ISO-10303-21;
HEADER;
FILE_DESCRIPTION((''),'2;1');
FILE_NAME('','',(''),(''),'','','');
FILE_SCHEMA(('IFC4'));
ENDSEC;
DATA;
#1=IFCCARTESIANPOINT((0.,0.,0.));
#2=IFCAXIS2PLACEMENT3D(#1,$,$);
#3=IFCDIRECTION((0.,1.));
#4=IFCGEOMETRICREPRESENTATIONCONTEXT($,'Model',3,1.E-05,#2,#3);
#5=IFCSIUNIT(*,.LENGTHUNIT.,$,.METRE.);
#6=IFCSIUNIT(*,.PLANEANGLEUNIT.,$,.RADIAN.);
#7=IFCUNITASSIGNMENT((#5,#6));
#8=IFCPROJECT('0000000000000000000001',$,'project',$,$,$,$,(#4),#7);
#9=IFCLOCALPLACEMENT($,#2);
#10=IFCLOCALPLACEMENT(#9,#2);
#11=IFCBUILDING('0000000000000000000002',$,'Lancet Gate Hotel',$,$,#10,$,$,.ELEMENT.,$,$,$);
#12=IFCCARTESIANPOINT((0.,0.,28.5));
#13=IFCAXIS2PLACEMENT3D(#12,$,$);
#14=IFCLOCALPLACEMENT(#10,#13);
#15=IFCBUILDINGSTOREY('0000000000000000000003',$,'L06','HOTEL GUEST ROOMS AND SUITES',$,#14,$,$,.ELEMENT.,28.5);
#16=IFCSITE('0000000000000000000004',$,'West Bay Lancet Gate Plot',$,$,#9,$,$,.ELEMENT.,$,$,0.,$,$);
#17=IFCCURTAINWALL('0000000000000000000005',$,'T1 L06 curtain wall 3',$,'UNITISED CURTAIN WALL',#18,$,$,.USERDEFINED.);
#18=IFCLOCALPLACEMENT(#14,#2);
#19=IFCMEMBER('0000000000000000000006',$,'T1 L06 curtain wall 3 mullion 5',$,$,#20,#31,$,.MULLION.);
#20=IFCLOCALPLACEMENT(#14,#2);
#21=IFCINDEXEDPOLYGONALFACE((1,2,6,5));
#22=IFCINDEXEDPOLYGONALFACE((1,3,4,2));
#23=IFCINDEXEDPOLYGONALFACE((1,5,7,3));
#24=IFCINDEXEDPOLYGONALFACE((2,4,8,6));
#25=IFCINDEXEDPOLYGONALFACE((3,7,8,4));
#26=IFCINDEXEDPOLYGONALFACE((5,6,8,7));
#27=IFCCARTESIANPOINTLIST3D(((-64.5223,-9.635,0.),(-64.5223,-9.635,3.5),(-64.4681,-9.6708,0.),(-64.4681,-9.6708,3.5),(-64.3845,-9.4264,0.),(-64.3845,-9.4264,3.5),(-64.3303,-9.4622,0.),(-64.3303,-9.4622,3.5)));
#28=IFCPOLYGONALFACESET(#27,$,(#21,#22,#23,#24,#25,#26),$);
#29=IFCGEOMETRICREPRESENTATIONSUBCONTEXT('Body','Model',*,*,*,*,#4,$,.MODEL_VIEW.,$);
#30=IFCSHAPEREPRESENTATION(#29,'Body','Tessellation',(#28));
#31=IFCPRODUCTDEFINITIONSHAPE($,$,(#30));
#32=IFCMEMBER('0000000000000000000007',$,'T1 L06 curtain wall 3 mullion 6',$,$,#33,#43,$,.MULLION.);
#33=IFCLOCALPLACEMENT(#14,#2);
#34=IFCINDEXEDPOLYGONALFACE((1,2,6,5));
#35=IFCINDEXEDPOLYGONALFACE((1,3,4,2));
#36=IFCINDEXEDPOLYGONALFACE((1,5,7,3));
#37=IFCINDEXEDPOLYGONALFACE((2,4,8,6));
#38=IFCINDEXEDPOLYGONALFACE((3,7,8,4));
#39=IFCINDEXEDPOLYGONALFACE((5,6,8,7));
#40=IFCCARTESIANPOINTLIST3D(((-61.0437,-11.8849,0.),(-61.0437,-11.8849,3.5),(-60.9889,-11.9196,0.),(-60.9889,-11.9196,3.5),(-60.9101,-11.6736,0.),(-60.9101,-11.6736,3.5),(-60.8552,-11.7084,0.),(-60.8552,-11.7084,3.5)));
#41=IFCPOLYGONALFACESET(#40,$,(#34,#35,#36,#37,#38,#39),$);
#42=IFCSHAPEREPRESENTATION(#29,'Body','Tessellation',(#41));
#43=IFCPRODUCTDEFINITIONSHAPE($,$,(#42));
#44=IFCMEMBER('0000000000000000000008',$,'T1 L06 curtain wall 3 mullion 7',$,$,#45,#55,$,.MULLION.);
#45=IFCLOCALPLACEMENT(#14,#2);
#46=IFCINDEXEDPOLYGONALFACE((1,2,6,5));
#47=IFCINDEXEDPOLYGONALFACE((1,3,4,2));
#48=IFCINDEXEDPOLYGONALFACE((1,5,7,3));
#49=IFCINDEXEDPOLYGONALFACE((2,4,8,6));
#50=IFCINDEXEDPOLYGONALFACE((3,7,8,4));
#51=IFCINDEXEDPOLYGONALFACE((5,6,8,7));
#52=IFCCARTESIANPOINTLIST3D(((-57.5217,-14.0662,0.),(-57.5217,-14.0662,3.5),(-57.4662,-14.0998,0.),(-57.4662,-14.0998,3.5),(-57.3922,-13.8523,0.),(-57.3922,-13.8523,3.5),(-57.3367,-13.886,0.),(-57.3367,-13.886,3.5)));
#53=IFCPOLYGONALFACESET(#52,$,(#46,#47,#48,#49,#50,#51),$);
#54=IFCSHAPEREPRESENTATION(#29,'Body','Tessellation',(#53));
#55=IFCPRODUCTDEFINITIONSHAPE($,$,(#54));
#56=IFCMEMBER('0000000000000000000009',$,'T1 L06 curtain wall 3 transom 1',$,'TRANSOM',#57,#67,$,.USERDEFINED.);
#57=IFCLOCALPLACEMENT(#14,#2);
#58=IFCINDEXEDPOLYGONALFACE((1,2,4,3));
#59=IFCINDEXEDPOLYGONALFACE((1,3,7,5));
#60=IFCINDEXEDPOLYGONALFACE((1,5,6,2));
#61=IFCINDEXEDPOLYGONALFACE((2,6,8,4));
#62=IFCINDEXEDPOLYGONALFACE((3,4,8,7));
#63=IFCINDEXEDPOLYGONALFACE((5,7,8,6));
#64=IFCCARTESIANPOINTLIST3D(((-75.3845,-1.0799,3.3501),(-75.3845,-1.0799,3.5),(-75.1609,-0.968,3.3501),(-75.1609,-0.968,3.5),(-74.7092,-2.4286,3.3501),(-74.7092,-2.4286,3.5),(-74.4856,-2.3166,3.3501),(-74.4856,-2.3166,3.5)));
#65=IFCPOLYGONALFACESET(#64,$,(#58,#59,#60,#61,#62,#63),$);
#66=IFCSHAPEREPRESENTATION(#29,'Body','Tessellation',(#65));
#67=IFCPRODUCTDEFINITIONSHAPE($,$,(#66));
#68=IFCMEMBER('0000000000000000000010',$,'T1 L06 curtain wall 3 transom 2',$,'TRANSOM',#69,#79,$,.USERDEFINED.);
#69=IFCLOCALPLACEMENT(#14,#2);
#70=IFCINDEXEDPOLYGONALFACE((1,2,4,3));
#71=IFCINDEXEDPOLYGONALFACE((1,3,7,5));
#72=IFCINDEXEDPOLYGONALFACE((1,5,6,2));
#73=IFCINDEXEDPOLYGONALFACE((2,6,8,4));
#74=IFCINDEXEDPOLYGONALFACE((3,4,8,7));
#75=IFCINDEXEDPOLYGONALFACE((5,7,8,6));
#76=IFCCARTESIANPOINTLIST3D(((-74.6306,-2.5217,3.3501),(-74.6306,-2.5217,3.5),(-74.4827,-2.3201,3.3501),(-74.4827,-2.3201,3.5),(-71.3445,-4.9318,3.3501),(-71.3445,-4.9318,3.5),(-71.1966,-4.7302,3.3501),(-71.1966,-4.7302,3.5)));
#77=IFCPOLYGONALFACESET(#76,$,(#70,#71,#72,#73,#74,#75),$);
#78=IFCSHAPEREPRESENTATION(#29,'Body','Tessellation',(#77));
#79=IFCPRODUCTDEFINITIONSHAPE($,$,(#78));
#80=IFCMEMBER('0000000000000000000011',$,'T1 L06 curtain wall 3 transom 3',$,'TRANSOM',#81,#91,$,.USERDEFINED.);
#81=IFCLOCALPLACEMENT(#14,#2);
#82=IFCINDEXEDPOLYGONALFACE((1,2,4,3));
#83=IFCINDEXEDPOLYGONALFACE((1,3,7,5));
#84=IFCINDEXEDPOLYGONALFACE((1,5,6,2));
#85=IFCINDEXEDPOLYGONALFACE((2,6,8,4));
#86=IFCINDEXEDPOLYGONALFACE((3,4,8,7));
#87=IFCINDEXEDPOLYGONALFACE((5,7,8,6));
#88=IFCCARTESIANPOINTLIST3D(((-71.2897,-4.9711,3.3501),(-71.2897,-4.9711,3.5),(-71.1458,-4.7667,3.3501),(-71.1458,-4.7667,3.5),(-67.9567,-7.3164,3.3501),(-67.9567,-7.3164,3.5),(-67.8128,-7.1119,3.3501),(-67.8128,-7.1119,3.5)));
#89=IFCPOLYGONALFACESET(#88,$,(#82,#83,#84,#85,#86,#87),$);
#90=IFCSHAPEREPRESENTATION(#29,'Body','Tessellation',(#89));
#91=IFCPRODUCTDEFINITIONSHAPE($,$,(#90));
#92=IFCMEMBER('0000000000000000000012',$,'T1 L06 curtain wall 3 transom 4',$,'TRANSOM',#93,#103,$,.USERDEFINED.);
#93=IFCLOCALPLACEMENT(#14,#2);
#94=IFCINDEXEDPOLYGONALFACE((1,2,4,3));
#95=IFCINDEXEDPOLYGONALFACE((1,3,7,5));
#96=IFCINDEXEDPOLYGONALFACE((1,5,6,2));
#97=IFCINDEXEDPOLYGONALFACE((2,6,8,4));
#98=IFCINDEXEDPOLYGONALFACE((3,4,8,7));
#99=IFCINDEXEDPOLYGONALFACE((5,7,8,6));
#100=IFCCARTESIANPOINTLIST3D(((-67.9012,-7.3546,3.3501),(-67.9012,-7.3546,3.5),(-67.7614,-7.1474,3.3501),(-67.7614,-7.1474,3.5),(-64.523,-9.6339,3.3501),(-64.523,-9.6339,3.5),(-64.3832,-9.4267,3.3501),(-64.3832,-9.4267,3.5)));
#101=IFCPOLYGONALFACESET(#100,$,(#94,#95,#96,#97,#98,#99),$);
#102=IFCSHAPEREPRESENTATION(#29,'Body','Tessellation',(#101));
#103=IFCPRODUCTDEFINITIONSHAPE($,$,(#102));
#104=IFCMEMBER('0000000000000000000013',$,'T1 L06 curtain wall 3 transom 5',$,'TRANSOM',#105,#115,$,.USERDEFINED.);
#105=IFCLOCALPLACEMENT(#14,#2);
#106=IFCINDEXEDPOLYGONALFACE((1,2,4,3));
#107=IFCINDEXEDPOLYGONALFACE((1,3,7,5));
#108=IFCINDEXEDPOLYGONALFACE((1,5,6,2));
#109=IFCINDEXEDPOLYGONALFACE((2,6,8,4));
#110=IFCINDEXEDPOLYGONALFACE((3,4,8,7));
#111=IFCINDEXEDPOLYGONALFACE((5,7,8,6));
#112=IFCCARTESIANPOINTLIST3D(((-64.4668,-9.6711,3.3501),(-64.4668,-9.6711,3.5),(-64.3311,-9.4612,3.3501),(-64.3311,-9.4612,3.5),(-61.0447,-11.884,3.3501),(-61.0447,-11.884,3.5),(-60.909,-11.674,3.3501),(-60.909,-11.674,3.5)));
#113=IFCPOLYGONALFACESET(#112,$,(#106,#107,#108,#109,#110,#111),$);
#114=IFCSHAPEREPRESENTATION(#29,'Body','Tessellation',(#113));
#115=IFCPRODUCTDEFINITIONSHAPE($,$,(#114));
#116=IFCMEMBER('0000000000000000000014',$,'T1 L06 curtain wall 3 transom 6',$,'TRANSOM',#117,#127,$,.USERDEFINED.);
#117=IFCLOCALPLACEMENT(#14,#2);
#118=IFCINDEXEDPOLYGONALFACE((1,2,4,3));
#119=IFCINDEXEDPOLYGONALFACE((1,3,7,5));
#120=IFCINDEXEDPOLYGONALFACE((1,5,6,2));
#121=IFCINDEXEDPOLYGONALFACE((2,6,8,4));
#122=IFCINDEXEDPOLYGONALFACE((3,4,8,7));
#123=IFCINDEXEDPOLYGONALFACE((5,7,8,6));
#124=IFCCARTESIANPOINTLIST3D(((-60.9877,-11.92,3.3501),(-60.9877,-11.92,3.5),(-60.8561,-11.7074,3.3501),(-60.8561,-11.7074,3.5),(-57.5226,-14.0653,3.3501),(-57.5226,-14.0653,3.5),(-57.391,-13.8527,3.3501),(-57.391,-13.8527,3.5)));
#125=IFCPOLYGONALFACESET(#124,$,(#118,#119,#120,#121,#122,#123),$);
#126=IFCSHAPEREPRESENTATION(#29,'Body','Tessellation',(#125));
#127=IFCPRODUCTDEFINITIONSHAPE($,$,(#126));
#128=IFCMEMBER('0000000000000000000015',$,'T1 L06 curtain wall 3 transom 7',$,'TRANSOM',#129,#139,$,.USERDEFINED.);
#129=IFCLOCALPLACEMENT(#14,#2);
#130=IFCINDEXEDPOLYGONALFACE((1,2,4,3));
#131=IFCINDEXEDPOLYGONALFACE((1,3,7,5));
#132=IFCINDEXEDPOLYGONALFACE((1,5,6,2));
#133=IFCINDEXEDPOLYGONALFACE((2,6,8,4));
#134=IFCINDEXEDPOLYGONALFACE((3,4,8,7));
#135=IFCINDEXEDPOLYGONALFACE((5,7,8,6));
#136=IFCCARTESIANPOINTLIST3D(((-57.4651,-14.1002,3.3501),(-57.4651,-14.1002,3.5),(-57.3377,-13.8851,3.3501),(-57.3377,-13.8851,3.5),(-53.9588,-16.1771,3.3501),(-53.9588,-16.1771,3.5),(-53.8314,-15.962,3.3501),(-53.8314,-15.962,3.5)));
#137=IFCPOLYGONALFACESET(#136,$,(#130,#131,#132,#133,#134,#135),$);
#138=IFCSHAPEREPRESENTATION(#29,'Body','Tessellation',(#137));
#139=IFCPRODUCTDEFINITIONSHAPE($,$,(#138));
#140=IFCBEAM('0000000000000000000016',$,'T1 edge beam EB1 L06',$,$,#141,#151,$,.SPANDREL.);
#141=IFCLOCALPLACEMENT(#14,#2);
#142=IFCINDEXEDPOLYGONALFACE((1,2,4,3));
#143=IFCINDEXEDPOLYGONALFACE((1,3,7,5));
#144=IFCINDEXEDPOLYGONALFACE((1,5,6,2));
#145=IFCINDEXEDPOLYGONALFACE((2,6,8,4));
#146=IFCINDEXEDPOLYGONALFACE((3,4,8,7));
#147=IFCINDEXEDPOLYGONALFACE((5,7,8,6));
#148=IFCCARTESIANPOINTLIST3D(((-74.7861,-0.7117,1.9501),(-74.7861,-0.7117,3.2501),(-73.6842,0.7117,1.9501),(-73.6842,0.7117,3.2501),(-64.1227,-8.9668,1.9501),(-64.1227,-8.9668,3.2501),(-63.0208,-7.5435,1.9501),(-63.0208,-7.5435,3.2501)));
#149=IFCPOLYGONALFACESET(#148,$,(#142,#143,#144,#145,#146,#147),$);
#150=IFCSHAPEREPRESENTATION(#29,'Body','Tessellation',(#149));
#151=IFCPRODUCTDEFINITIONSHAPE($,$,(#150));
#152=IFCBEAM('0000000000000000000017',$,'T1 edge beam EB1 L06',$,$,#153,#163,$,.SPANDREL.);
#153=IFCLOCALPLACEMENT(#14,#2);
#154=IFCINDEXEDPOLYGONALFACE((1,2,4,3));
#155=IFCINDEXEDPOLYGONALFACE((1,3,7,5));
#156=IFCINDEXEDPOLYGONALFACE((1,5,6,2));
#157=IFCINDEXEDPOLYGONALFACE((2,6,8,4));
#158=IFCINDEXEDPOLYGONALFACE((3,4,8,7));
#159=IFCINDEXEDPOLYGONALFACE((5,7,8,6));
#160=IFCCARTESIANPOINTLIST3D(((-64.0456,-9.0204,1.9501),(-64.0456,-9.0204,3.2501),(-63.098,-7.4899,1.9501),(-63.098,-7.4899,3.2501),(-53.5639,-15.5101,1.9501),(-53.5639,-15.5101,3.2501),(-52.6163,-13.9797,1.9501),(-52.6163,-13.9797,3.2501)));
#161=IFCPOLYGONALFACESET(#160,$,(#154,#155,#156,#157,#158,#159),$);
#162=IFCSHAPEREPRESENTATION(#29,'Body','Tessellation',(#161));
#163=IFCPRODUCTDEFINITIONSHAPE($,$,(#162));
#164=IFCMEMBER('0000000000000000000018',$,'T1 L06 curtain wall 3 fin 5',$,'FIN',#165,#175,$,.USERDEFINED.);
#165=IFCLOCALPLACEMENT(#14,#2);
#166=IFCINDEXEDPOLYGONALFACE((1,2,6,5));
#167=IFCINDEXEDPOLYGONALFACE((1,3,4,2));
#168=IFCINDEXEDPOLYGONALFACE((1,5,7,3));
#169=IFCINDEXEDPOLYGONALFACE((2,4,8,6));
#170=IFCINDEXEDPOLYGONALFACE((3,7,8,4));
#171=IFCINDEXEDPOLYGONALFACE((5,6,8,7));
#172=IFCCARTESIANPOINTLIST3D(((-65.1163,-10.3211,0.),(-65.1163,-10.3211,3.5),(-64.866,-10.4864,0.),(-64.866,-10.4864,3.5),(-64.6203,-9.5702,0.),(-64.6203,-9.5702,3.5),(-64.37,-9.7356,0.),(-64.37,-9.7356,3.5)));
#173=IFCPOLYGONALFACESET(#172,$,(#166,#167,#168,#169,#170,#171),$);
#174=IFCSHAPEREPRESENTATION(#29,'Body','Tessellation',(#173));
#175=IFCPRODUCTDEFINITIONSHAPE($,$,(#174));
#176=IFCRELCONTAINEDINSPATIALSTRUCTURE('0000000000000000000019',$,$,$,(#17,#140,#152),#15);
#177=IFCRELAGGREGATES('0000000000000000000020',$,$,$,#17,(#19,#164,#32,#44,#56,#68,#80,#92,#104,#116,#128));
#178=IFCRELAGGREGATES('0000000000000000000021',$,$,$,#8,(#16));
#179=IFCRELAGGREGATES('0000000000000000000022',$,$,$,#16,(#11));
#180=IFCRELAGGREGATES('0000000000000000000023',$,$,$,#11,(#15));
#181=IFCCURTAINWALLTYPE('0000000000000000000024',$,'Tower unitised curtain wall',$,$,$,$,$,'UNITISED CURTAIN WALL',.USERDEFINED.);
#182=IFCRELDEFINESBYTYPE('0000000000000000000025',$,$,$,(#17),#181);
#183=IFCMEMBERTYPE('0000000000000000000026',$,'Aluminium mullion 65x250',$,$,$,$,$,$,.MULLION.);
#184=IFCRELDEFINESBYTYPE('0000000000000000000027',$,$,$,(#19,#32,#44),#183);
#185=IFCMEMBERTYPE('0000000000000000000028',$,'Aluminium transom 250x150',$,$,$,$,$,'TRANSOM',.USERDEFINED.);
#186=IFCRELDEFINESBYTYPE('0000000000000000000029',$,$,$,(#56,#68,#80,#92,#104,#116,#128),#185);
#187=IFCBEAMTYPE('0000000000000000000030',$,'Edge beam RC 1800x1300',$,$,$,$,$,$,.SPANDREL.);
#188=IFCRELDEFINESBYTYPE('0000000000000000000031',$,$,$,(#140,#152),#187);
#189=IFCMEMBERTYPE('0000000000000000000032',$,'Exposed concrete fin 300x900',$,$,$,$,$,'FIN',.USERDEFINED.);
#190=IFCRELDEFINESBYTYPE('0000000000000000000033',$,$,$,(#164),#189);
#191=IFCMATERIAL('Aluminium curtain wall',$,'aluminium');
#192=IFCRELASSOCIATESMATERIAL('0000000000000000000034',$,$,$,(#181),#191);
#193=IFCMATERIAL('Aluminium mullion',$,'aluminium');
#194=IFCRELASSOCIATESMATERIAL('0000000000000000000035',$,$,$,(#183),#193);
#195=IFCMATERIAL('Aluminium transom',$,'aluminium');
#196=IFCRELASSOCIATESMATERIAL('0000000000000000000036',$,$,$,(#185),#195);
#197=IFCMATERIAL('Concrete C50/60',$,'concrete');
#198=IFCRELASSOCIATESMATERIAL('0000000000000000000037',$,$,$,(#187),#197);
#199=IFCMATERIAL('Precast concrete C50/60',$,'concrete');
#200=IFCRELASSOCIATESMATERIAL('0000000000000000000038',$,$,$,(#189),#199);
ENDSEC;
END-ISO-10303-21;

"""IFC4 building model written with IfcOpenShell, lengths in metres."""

from ifc_helpers import new_model, si_unit, direction, frame, origin, origin_2d, place, context, subcontext, project, spatial, rectangle, extrude, material, material_profile, profile_set, type_object, element, aggregate, save


model = new_model("IFC4")

# Units and contexts
model_context = context("Model", 3, precision=1e-05, world=origin(), true_north=direction((0.0, 1.0)))
body_context = subcontext(model_context, "Body", "Model", "MODEL_VIEW")
ifc_project = project(units=[si_unit("LENGTHUNIT", "METRE"), si_unit("PLANEANGLEUNIT", "RADIAN")], contexts=[model_context])

# Site, building, storey
site_placement = place(None, origin())
site = spatial("IfcSite", under=ifc_project, at=site_placement, Name="West Bay Lancet Gate Plot", CompositionType="ELEMENT", RefElevation=0.0)
building_placement = place(site_placement, origin())
building = spatial("IfcBuilding", under=site, at=building_placement, Name="Lancet Gate Hotel", CompositionType="ELEMENT")
storey_placement = place(building_placement, frame((0.0, 0.0, 28.5)))
storey = spatial("IfcBuildingStorey", under=building, at=storey_placement, Name="L06", Description="HOTEL GUEST ROOMS AND SUITES", CompositionType="ELEMENT", Elevation=28.5)

# Shared definitions
ifc_material_1 = material(Name="Aluminium curtain wall", Category="aluminium")
curtain_wall_type = type_object("IfcCurtainWallType", Name="Tower unitised curtain wall", ElementType="UNITISED CURTAIN WALL", PredefinedType="USERDEFINED", material=ifc_material_1)
ifc_material_2 = material(Name="Aluminium mullion", Category="aluminium")
ifc_material_profile_1 = material_profile(ifc_material_2, rectangle(XDim=0.0649, YDim=0.25, at=origin_2d()), Name="MULLION 65x250")
ifc_profile_set_1 = profile_set([ifc_material_profile_1], Name="Aluminium mullion")
member_type_1 = type_object("IfcMemberType", Name="Aluminium mullion 65x250", PredefinedType="MULLION", material=ifc_profile_set_1)

# Curtain wall, members
curtain_wall_1_placement = place(storey_placement, origin())
curtain_wall_1 = element("IfcCurtainWall", 1, at=curtain_wall_1_placement, inside=storey, type_object=curtain_wall_type, Name="T1 L06 curtain wall 3", ObjectType="UNITISED CURTAIN WALL", PredefinedType="USERDEFINED")
member_1_placement = place(storey_placement, frame((-64.4263, -9.5486, 0.0), z_axis=(0.0, 0.0, 1.0), x_axis=(0.834387, -0.551178, 0.0)))
member_1 = element("IfcMember", 2, at=member_1_placement, type_object=member_type_1, Name="T1 L06 curtain wall 3 mullion 5", PredefinedType="MULLION", context=body_context, shape_type="SweptSolid", body=[
    extrude(rectangle(XDim=0.0649, YDim=0.25, at=origin_2d()), origin(), (0.0, 0.0, 1.0), 3.5),
])
member_2_placement = place(storey_placement, frame((-60.9495, -11.7966, 0.0), z_axis=(0.0, 0.0, 1.0), x_axis=(0.845029, -0.53472, 0.0)))
member_2 = element("IfcMember", 3, at=member_2_placement, type_object=member_type_1, Name="T1 L06 curtain wall 3 mullion 6", PredefinedType="MULLION", context=body_context, shape_type="SweptSolid", body=[
    extrude(rectangle(XDim=0.0649, YDim=0.25, at=origin_2d()), origin(), (0.0, 0.0, 1.0), 3.5),
])
member_3_placement = place(storey_placement, frame((-57.4292, -13.9761, 0.0), z_axis=(0.0, 0.0, 1.0), x_axis=(0.855346, -0.518057, 0.0)))
member_3 = element("IfcMember", 4, at=member_3_placement, type_object=member_type_1, Name="T1 L06 curtain wall 3 mullion 7", PredefinedType="MULLION", context=body_context, shape_type="SweptSolid", body=[
    extrude(rectangle(XDim=0.0649, YDim=0.25, at=origin_2d()), origin(), (0.0, 0.0, 1.0), 3.5),
])
ifc_material_3 = material(Name="Aluminium transom", Category="aluminium")
ifc_material_profile_2 = material_profile(ifc_material_3, rectangle(XDim=0.25, YDim=0.1499, at=origin_2d()), Name="TRANSOM 250x150")
ifc_profile_set_2 = profile_set([ifc_material_profile_2], Name="Aluminium transom")
member_type_2 = type_object("IfcMemberType", Name="Aluminium transom 250x150", ElementType="TRANSOM", PredefinedType="USERDEFINED", material=ifc_profile_set_2)
member_4_placement = place(storey_placement, frame((-75.2727, -1.0239, 3.425), z_axis=(0.447732, -0.894168, 0.0), x_axis=(0.894168, 0.447732, 0.0)))
member_4 = element("IfcMember", 5, at=member_4_placement, type_object=member_type_2, Name="T1 L06 curtain wall 3 transom 1", ObjectType="TRANSOM", PredefinedType="USERDEFINED", context=body_context, shape_type="SweptSolid", body=[
    extrude(rectangle(XDim=0.25, YDim=0.1499, at=origin_2d()), origin(), (0.0, 0.0, 1.0), 1.5083),
])
member_5_placement = place(storey_placement, frame((-74.5566, -2.4209, 3.425), z_axis=(0.806367, -0.591416, 0.0), x_axis=(0.591416, 0.806367, 0.0)))
member_5 = element("IfcMember", 6, at=member_5_placement, type_object=member_type_2, Name="T1 L06 curtain wall 3 transom 2", ObjectType="TRANSOM", PredefinedType="USERDEFINED", context=body_context, shape_type="SweptSolid", body=[
    extrude(rectangle(XDim=0.25, YDim=0.1499, at=origin_2d()), origin(), (0.0, 0.0, 1.0), 4.0752),
])
member_6_placement = place(storey_placement, frame((-71.2178, -4.8689, 3.425), z_axis=(0.817834, -0.575455, 0.0), x_axis=(0.575455, 0.817834, 0.0)))
member_6 = element("IfcMember", 7, at=member_6_placement, type_object=member_type_2, Name="T1 L06 curtain wall 3 transom 3", ObjectType="TRANSOM", PredefinedType="USERDEFINED", context=body_context, shape_type="SweptSolid", body=[
    extrude(rectangle(XDim=0.25, YDim=0.1499, at=origin_2d()), origin(), (0.0, 0.0, 1.0), 4.0754),
])
member_7_placement = place(storey_placement, frame((-67.8313, -7.251, 3.425), z_axis=(0.828959, -0.559309, 0.0), x_axis=(0.559309, 0.828959, 0.0)))
member_7 = element("IfcMember", 8, at=member_7_placement, type_object=member_type_2, Name="T1 L06 curtain wall 3 transom 4", ObjectType="TRANSOM", PredefinedType="USERDEFINED", context=body_context, shape_type="SweptSolid", body=[
    extrude(rectangle(XDim=0.25, YDim=0.1499, at=origin_2d()), origin(), (0.0, 0.0, 1.0), 4.0752),
])
member_8_placement = place(storey_placement, frame((-64.3989, -9.5662, 3.425), z_axis=(0.839729, -0.543005, 0.0), x_axis=(0.543005, 0.839729, 0.0)))
member_8 = element("IfcMember", 9, at=member_8_placement, type_object=member_type_2, Name="T1 L06 curtain wall 3 transom 5", ObjectType="TRANSOM", PredefinedType="USERDEFINED", context=body_context, shape_type="SweptSolid", body=[
    extrude(rectangle(XDim=0.25, YDim=0.1499, at=origin_2d()), origin(), (0.0, 0.0, 1.0), 4.0752),
])
member_9_placement = place(storey_placement, frame((-60.9219, -11.8137, 3.425), z_axis=(0.850242, -0.526392, 0.0), x_axis=(0.526392, 0.850242, 0.0)))
member_9 = element("IfcMember", 10, at=member_9_placement, type_object=member_type_2, Name="T1 L06 curtain wall 3 transom 6", ObjectType="TRANSOM", PredefinedType="USERDEFINED", context=body_context, shape_type="SweptSolid", body=[
    extrude(rectangle(XDim=0.25, YDim=0.1499, at=origin_2d()), origin(), (0.0, 0.0, 1.0), 4.0754),
])
member_10_placement = place(storey_placement, frame((-57.4014, -13.9927, 3.425), z_axis=(0.860392, -0.509633, 0.0), x_axis=(0.509633, 0.860392, 0.0)))
member_10 = element("IfcMember", 11, at=member_10_placement, type_object=member_type_2, Name="T1 L06 curtain wall 3 transom 7", ObjectType="TRANSOM", PredefinedType="USERDEFINED", context=body_context, shape_type="SweptSolid", body=[
    extrude(rectangle(XDim=0.25, YDim=0.1499, at=origin_2d()), origin(), (0.0, 0.0, 1.0), 4.0752),
])

# Beams
ifc_material_4 = material(Name="Concrete C50/60", Category="concrete")
ifc_material_profile_3 = material_profile(ifc_material_4, rectangle(XDim=1.8, YDim=1.3, at=origin_2d()), Name="RC 1800x1300")
ifc_profile_set_3 = profile_set([ifc_material_profile_3], Name="Concrete C50/60")
beam_type_1 = type_object("IfcBeamType", Name="Edge beam RC 1800x1300", PredefinedType="SPANDREL", material=ifc_profile_set_3)
beam_1_placement = place(storey_placement, frame((-74.2351, 0.0, 2.6001), z_axis=(0.790736, -0.612157, 0.0), x_axis=(0.612157, 0.790736, 0.0)))
element("IfcBeam", 12, at=beam_1_placement, inside=storey, type_object=beam_type_1, Name="T1 edge beam EB1 L06", PredefinedType="SPANDREL", context=body_context, shape_type="SweptSolid", body=[
    extrude(rectangle(XDim=1.8, YDim=1.3, at=origin_2d()), origin(), (0.0, 0.0, 1.0), 13.4854),
])
beam_2_placement = place(storey_placement, frame((-63.5718, -8.2551, 2.6001), z_axis=(0.850226, -0.526418, 0.0), x_axis=(0.526418, 0.850226, 0.0)))
element("IfcBeam", 13, at=beam_2_placement, inside=storey, type_object=beam_type_1, Name="T1 edge beam EB1 L06", PredefinedType="SPANDREL", context=body_context, shape_type="SweptSolid", body=[
    extrude(rectangle(XDim=1.8, YDim=1.3, at=origin_2d()), origin(), (0.0, 0.0, 1.0), 12.3281),
])

# Member
ifc_material_5 = material(Name="Precast concrete C50/60", Category="concrete")
ifc_material_profile_4 = material_profile(ifc_material_5, rectangle(XDim=0.3, YDim=0.8999, at=origin_2d()), Name="FIN 300x900")
ifc_profile_set_4 = profile_set([ifc_material_profile_4], Name="Precast concrete C50/60")
member_type_3 = type_object("IfcMemberType", Name="Exposed concrete fin 300x900", ElementType="FIN", PredefinedType="USERDEFINED", material=ifc_profile_set_4)
member_11_placement = place(storey_placement, frame((-64.7432, -10.0283, 0.0), z_axis=(0.0, 0.0, 1.0), x_axis=(0.834387, -0.551178, 0.0)))
member_11 = element("IfcMember", 14, at=member_11_placement, type_object=member_type_3, Name="T1 L06 curtain wall 3 fin 5", ObjectType="FIN", PredefinedType="USERDEFINED", context=body_context, shape_type="SweptSolid", body=[
    extrude(rectangle(XDim=0.3, YDim=0.8999, at=origin_2d()), origin(), (0.0, 0.0, 1.0), 3.5),
])

aggregate(curtain_wall_1, [member_1, member_11, member_2, member_3, member_4, member_5, member_6, member_7, member_8, member_9, member_10])

save(model, "model.ifc")
